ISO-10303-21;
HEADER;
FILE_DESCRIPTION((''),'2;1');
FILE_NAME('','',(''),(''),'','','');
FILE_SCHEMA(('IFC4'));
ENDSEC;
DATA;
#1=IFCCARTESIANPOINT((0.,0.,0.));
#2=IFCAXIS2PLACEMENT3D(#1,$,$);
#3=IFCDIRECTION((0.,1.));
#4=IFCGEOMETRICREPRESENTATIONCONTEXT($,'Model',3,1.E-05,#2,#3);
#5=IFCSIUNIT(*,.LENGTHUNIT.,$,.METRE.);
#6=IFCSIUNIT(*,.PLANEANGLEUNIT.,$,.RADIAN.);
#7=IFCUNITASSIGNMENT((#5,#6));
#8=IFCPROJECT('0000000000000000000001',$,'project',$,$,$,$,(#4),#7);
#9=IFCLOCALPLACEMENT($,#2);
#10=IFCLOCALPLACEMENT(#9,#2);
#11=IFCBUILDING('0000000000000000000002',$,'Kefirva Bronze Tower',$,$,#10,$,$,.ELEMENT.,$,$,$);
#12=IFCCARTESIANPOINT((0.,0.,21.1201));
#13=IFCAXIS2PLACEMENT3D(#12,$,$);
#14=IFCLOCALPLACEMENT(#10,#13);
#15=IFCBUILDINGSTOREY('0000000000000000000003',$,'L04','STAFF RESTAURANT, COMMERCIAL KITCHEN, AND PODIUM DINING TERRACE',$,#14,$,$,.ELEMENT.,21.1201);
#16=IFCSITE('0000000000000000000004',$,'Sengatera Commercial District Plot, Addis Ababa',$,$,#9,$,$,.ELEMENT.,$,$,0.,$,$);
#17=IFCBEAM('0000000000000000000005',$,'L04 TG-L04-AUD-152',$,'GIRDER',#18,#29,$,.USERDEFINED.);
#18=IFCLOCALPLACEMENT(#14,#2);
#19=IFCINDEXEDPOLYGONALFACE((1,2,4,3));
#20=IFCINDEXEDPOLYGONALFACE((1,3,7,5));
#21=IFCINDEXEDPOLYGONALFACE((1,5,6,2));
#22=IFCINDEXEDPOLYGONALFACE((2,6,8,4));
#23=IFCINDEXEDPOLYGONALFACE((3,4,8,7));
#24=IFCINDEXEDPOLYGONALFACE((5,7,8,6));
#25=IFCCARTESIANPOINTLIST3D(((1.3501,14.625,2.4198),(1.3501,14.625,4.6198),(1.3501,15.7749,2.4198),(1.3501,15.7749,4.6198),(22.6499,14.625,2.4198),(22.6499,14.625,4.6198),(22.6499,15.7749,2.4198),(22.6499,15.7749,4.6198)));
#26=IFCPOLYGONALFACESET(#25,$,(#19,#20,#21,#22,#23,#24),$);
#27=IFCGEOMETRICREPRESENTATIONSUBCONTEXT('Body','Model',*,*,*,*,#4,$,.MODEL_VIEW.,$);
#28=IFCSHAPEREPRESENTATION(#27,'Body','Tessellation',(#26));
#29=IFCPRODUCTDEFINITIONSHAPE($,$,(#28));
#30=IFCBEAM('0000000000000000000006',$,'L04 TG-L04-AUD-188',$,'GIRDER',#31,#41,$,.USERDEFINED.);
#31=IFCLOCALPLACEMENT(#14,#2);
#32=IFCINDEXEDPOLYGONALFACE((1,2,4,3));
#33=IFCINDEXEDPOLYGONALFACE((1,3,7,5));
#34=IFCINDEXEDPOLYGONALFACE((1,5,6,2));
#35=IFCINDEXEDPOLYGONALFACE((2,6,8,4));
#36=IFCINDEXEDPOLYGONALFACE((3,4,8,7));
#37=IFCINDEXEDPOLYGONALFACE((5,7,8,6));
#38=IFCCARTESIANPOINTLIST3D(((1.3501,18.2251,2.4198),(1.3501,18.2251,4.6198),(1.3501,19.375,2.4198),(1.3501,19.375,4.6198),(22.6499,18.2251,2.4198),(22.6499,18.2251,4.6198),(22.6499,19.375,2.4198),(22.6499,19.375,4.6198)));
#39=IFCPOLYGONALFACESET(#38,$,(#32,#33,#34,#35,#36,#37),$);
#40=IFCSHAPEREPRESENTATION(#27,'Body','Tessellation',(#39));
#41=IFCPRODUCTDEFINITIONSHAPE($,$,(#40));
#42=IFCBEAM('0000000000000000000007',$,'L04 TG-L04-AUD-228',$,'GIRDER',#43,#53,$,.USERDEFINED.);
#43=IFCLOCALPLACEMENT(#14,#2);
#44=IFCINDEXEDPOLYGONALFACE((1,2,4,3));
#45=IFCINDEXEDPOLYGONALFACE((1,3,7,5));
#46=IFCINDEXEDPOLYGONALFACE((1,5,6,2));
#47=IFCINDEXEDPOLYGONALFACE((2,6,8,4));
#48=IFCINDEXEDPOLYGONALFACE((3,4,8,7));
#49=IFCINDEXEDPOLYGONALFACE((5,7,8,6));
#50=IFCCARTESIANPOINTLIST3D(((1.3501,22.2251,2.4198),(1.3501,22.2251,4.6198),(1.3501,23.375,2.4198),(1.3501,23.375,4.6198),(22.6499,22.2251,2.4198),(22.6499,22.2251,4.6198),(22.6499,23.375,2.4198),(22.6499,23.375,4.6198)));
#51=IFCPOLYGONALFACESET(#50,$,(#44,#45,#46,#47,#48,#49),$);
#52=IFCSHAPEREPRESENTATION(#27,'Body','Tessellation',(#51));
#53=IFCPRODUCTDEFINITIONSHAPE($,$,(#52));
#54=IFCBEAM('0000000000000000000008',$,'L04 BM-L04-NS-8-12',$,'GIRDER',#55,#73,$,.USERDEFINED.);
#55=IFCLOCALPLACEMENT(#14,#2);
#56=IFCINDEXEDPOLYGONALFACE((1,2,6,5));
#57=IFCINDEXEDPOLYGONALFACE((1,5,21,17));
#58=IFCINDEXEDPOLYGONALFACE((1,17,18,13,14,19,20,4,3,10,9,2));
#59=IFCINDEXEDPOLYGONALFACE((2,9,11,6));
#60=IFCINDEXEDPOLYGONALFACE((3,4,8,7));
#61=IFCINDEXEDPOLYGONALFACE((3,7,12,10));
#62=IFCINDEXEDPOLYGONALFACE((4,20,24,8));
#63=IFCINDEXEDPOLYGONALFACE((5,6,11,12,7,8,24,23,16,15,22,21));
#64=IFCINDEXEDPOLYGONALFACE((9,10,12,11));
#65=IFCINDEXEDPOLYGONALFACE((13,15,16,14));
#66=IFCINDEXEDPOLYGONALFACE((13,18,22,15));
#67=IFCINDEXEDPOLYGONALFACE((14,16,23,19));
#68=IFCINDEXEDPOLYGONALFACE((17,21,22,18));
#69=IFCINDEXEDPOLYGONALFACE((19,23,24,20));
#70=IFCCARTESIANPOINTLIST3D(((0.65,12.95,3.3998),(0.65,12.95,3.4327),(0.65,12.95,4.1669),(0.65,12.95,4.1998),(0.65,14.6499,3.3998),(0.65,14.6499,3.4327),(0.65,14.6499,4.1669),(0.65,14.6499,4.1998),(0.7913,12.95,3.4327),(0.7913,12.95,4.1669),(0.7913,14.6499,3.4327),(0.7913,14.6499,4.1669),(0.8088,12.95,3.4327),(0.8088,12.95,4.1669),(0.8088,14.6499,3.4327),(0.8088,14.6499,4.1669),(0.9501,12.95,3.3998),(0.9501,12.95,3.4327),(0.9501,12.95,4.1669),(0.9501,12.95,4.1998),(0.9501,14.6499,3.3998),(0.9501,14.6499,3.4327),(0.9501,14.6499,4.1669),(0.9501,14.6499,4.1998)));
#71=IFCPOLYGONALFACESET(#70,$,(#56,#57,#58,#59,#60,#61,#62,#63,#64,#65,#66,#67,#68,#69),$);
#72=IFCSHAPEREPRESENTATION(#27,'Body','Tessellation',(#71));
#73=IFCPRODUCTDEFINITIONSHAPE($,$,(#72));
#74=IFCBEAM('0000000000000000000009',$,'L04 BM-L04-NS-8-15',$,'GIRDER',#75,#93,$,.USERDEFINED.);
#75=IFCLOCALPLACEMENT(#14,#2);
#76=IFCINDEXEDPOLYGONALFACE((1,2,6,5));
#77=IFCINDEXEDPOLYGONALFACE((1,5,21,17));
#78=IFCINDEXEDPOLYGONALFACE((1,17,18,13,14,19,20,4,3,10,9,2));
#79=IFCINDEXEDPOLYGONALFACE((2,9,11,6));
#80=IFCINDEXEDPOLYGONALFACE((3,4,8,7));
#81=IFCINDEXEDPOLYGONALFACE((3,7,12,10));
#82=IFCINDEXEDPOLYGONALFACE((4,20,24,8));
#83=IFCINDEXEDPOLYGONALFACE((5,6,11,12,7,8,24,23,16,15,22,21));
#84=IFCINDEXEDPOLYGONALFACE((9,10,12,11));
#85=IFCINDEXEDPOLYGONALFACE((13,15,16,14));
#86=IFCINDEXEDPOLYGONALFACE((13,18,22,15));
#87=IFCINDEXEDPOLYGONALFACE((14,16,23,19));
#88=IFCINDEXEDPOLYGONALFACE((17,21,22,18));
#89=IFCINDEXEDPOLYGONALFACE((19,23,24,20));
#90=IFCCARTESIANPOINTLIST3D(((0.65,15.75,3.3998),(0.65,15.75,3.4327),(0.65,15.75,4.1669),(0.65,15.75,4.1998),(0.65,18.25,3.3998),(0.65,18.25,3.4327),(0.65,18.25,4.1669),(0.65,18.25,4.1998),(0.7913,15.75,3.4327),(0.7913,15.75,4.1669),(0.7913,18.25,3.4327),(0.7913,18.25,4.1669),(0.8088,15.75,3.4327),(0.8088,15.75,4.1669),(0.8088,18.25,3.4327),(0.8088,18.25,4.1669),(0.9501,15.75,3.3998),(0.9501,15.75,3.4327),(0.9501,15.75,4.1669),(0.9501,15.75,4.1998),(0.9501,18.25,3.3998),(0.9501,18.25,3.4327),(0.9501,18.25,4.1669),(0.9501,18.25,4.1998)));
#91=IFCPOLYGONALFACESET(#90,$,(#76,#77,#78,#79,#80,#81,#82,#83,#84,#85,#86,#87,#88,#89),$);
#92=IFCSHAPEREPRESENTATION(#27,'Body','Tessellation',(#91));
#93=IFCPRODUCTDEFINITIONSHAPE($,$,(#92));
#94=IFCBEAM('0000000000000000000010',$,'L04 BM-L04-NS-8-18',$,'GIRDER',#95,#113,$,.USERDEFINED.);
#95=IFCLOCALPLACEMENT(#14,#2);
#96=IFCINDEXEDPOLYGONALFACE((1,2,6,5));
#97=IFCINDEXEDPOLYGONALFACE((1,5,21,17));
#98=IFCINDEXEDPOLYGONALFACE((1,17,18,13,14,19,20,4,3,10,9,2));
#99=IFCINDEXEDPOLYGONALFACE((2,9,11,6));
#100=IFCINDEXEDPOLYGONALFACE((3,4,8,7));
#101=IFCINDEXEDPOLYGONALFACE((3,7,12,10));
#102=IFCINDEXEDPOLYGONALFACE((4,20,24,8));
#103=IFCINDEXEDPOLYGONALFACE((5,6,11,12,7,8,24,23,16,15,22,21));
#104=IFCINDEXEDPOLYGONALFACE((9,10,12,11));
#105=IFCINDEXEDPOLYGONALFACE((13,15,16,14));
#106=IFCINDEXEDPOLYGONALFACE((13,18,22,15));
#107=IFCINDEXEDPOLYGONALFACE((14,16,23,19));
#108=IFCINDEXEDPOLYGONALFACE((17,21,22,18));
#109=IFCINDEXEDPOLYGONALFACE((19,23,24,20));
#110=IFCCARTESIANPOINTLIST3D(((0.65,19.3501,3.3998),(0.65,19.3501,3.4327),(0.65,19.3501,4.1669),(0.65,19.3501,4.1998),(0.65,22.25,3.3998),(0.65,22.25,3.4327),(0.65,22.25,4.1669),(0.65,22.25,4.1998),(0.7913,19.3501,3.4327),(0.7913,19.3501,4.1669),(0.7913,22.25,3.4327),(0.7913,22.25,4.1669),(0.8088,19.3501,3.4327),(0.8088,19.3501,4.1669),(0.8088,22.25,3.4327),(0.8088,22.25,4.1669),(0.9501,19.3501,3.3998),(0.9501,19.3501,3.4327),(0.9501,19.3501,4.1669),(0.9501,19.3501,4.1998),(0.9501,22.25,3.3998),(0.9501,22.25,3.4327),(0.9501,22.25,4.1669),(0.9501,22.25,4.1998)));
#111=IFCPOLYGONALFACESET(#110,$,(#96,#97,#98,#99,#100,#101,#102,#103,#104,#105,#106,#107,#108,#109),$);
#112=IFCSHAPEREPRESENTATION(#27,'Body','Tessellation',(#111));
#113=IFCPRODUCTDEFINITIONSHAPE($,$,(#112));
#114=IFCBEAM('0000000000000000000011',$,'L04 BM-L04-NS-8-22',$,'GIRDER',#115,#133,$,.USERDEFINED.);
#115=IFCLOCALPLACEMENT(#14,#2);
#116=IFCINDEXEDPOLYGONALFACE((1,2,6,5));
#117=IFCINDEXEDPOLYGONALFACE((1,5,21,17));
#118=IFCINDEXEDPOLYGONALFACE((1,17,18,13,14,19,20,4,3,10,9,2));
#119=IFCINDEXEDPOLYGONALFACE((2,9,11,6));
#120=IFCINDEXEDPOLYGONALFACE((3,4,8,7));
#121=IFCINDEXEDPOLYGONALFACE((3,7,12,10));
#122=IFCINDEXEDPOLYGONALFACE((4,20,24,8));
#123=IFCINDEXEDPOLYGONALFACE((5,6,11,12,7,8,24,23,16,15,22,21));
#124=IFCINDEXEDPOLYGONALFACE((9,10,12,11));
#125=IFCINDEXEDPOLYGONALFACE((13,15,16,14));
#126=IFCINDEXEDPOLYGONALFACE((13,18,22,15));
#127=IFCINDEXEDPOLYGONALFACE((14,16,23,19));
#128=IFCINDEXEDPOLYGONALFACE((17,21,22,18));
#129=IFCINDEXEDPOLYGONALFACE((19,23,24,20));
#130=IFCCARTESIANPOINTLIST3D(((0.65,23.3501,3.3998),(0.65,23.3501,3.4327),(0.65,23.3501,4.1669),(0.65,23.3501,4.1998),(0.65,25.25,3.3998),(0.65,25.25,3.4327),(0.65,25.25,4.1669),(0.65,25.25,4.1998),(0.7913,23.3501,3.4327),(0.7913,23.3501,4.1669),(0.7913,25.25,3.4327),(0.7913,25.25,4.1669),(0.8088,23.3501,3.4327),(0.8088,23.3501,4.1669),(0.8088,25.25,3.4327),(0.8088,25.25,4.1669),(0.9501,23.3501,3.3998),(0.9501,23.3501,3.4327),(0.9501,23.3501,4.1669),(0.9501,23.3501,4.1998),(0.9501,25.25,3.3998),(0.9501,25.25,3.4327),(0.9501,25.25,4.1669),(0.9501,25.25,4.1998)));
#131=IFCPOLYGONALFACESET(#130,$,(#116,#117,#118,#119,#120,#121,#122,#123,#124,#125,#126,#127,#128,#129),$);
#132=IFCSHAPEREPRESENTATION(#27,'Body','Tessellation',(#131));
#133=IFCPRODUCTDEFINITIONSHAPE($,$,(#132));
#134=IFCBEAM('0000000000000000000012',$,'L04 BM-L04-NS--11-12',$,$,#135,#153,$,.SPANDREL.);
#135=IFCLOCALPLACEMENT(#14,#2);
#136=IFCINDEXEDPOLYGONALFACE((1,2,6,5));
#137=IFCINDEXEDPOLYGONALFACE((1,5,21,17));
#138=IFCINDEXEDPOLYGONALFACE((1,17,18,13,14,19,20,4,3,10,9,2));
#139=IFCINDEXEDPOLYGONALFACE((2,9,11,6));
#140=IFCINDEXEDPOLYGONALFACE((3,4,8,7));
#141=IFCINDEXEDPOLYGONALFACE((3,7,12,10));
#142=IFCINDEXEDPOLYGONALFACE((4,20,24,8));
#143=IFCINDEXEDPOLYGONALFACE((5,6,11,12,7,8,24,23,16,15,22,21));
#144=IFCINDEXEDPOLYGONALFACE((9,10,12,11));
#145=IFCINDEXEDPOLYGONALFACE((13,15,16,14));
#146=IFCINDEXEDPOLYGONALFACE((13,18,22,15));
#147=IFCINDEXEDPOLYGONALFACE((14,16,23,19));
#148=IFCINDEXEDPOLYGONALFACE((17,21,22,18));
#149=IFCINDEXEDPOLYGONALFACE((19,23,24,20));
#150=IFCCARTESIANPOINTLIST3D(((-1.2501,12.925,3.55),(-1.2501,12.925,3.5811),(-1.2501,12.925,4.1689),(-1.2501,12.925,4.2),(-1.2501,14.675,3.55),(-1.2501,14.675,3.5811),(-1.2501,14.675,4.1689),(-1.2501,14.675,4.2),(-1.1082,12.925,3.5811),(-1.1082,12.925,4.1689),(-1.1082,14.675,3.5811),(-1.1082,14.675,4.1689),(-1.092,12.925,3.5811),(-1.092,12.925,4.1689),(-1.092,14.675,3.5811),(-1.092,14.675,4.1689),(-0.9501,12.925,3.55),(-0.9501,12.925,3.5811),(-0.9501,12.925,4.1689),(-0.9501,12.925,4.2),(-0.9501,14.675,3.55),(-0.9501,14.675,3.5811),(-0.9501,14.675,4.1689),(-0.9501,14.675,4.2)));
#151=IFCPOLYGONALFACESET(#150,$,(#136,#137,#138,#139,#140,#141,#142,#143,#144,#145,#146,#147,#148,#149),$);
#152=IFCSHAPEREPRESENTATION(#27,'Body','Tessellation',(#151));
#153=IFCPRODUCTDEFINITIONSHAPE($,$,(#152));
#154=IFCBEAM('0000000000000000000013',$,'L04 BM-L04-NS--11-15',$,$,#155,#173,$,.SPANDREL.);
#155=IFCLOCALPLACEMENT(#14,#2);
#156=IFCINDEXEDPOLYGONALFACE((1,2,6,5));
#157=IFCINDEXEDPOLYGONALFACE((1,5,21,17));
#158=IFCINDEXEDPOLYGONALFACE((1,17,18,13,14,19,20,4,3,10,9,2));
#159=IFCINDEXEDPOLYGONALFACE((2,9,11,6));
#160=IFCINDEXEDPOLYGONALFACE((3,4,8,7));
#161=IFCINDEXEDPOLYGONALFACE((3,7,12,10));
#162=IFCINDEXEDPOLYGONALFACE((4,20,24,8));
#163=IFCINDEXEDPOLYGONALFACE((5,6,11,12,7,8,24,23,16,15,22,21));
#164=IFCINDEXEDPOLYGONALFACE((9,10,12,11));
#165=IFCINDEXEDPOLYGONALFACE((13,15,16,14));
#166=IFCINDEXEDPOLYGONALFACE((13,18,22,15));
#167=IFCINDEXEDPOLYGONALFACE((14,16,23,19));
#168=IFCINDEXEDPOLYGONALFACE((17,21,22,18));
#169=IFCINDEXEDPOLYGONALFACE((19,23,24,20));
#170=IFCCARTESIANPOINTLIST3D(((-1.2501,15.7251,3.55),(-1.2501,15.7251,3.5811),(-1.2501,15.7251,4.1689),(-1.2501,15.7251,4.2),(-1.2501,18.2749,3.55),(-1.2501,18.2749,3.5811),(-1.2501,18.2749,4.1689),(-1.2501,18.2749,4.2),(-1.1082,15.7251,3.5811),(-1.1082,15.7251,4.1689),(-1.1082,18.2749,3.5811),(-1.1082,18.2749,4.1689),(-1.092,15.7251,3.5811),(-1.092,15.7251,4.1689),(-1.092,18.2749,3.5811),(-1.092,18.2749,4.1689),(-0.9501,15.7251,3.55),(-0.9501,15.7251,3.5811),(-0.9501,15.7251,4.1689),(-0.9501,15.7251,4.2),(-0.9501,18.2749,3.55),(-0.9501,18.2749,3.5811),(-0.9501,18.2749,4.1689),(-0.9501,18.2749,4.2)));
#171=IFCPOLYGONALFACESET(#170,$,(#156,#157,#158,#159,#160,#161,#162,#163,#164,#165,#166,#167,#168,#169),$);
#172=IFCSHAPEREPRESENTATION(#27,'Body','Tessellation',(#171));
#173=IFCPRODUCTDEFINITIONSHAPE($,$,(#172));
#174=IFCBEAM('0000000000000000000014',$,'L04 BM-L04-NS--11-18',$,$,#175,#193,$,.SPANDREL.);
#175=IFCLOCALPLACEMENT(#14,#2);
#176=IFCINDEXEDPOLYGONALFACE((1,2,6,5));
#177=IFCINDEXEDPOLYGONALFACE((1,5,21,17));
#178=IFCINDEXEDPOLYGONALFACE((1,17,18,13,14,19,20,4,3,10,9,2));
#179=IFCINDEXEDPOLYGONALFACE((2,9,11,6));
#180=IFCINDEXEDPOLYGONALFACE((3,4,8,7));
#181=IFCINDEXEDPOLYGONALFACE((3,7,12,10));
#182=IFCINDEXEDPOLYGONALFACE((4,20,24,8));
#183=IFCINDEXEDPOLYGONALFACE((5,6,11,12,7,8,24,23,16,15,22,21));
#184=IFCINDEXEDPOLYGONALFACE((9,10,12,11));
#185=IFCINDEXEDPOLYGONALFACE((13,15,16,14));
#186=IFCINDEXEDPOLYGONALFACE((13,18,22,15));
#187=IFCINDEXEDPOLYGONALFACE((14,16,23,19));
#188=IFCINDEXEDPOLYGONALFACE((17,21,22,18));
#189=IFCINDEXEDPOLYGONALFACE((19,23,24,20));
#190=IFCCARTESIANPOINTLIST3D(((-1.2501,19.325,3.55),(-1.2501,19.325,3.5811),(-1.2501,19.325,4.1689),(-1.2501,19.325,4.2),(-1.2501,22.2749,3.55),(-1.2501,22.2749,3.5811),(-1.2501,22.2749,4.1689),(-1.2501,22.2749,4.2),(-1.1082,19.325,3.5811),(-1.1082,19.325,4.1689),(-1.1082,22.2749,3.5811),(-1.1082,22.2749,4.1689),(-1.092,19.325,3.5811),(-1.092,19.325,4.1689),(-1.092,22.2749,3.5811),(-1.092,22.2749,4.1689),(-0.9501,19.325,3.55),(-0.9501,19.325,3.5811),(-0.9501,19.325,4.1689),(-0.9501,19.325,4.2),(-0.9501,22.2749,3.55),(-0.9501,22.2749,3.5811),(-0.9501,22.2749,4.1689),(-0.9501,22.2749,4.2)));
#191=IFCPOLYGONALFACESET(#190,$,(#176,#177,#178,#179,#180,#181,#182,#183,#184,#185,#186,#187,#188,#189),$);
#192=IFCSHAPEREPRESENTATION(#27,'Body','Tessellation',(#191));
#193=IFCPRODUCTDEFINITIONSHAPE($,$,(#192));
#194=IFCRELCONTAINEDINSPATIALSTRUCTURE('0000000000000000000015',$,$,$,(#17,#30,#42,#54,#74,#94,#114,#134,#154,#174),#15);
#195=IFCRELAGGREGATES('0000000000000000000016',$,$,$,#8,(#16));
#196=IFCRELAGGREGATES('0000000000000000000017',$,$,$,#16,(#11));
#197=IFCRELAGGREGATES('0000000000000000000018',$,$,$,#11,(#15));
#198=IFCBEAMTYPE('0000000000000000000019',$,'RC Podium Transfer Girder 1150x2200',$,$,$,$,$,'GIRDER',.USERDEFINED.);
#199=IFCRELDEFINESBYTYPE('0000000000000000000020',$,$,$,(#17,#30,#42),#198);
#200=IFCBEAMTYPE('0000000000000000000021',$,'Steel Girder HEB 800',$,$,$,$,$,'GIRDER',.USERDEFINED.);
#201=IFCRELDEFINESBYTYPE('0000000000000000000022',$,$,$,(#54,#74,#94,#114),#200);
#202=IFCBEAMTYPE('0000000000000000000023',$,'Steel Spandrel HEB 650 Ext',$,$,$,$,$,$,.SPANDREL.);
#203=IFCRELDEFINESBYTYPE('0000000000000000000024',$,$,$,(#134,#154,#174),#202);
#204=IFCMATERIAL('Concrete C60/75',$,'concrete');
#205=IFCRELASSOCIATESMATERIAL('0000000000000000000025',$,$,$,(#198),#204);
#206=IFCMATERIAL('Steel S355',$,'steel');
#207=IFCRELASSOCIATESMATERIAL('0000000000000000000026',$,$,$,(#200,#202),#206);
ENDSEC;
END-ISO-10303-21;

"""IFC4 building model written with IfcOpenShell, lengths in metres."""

from ifc_helpers import new_model, si_unit, direction, frame, origin, origin_2d, place, context, subcontext, project, spatial, rectangle, i_section, extrude, material, material_profile, profile_set, type_object, element, save


model = new_model("IFC4")

# Units and contexts
model_context = context("Model", 3, precision=1e-05, world=origin(), true_north=direction((0.0, 1.0)))
body_context = subcontext(model_context, "Body", "Model", "MODEL_VIEW")
ifc_project = project(units=[si_unit("LENGTHUNIT", "METRE"), si_unit("PLANEANGLEUNIT", "RADIAN")], contexts=[model_context])

# Site, building, storey
site_placement = place(None, origin())
site = spatial("IfcSite", under=ifc_project, at=site_placement, Name="Sengatera Commercial District Plot, Addis Ababa", CompositionType="ELEMENT", RefElevation=0.0)
building_placement = place(site_placement, origin())
building = spatial("IfcBuilding", under=site, at=building_placement, Name="Kefirva Bronze Tower", CompositionType="ELEMENT")
storey_placement = place(building_placement, frame((0.0, 0.0, 21.1201)))
storey = spatial("IfcBuildingStorey", under=building, at=storey_placement, Name="L04", Description="STAFF RESTAURANT, COMMERCIAL KITCHEN, AND PODIUM DINING TERRACE", CompositionType="ELEMENT", Elevation=21.1201)

# Shared definitions
ifc_material_1 = material(Name="Concrete C60/75", Category="concrete")

# Beams
ifc_material_profile_1 = material_profile(ifc_material_1, rectangle(XDim=1.1499, YDim=2.2, at=origin_2d()), Name="RC 1150x2200")
ifc_profile_set_1 = profile_set([ifc_material_profile_1], Name="Concrete C60/75")
beam_type_1 = type_object("IfcBeamType", Name="RC Podium Transfer Girder 1150x2200", ElementType="GIRDER", PredefinedType="USERDEFINED", material=ifc_profile_set_1)
for number, where, z_axis, x_axis, name in (
    (1, (1.3501, 15.2, 3.5198), (1.0, 0.0, 0.0), (0.0, 1.0, 0.0), "L04 TG-L04-AUD-152"),
    (2, (1.3501, 18.8, 3.5198), (1.0, 0.0, 0.0), (0.0, 1.0, 0.0), "L04 TG-L04-AUD-188"),
    (3, (1.3501, 22.8, 3.5198), (1.0, 0.0, 0.0), (0.0, 1.0, 0.0), "L04 TG-L04-AUD-228"),
):
    element("IfcBeam", number, at=place(storey_placement, frame(where, z_axis=z_axis, x_axis=x_axis)), inside=storey, type_object=beam_type_1, Name=name, ObjectType="GIRDER", PredefinedType="USERDEFINED", context=body_context, shape_type="SweptSolid", body=[
        extrude(rectangle(XDim=1.1499, YDim=2.2, at=origin_2d()), origin(), (0.0, 0.0, 1.0), 21.2998),
    ])
ifc_material_2 = material(Name="Steel S355", Category="steel")
ifc_material_profile_2 = material_profile(ifc_material_2, i_section(OverallWidth=0.3, OverallDepth=0.8, WebThickness=0.0176, FlangeThickness=0.033, at=origin_2d()), Name="HEB 800")
ifc_profile_set_2 = profile_set([ifc_material_profile_2], Name="Steel S355")
beam_type_2 = type_object("IfcBeamType", Name="Steel Girder HEB 800", ElementType="GIRDER", PredefinedType="USERDEFINED", material=ifc_profile_set_2)
beam_1_placement = place(storey_placement, frame((0.8, 12.95, 3.7998), z_axis=(0.0, 1.0, 0.0), x_axis=(-1.0, 0.0, 0.0)))
element("IfcBeam", 4, at=beam_1_placement, inside=storey, type_object=beam_type_2, Name="L04 BM-L04-NS-8-12", ObjectType="GIRDER", PredefinedType="USERDEFINED", context=body_context, shape_type="SweptSolid", body=[
    extrude(i_section(OverallWidth=0.3, OverallDepth=0.8, WebThickness=0.0176, FlangeThickness=0.033, at=origin_2d()), origin(), (0.0, 0.0, 1.0), 1.7),
])
beam_2_placement = place(storey_placement, frame((0.8, 15.75, 3.7998), z_axis=(0.0, 1.0, 0.0), x_axis=(-1.0, 0.0, 0.0)))
element("IfcBeam", 5, at=beam_2_placement, inside=storey, type_object=beam_type_2, Name="L04 BM-L04-NS-8-15", ObjectType="GIRDER", PredefinedType="USERDEFINED", context=body_context, shape_type="SweptSolid", body=[
    extrude(i_section(OverallWidth=0.3, OverallDepth=0.8, WebThickness=0.0176, FlangeThickness=0.033, at=origin_2d()), origin(), (0.0, 0.0, 1.0), 2.5),
])
beam_3_placement = place(storey_placement, frame((0.8, 19.3501, 3.7998), z_axis=(0.0, 1.0, 0.0), x_axis=(-1.0, 0.0, 0.0)))
element("IfcBeam", 6, at=beam_3_placement, inside=storey, type_object=beam_type_2, Name="L04 BM-L04-NS-8-18", ObjectType="GIRDER", PredefinedType="USERDEFINED", context=body_context, shape_type="SweptSolid", body=[
    extrude(i_section(OverallWidth=0.3, OverallDepth=0.8, WebThickness=0.0176, FlangeThickness=0.033, at=origin_2d()), origin(), (0.0, 0.0, 1.0), 2.8999),
])
beam_4_placement = place(storey_placement, frame((0.8, 23.3501, 3.7998), z_axis=(0.0, 1.0, 0.0), x_axis=(-1.0, 0.0, 0.0)))
element("IfcBeam", 7, at=beam_4_placement, inside=storey, type_object=beam_type_2, Name="L04 BM-L04-NS-8-22", ObjectType="GIRDER", PredefinedType="USERDEFINED", context=body_context, shape_type="SweptSolid", body=[
    extrude(i_section(OverallWidth=0.3, OverallDepth=0.8, WebThickness=0.0176, FlangeThickness=0.033, at=origin_2d()), origin(), (0.0, 0.0, 1.0), 1.8999),
])
ifc_material_profile_3 = material_profile(ifc_material_2, i_section(OverallWidth=0.3, OverallDepth=0.6499, WebThickness=0.0161, FlangeThickness=0.031, at=origin_2d()), Name="HEB 650")
ifc_profile_set_3 = profile_set([ifc_material_profile_3], Name="Steel S355")
beam_type_3 = type_object("IfcBeamType", Name="Steel Spandrel HEB 650 Ext", PredefinedType="SPANDREL", material=ifc_profile_set_3)
beam_5_placement = place(storey_placement, frame((-1.1001, 12.925, 3.875), z_axis=(0.0, 1.0, 0.0), x_axis=(-1.0, 0.0, 0.0)))
element("IfcBeam", 8, at=beam_5_placement, inside=storey, type_object=beam_type_3, Name="L04 BM-L04-NS--11-12", PredefinedType="SPANDREL", context=body_context, shape_type="SweptSolid", body=[
    extrude(i_section(OverallWidth=0.3, OverallDepth=0.6499, WebThickness=0.0161, FlangeThickness=0.031, at=origin_2d()), origin(), (0.0, 0.0, 1.0), 1.75),
])
beam_6_placement = place(storey_placement, frame((-1.1001, 15.7251, 3.875), z_axis=(0.0, 1.0, 0.0), x_axis=(-1.0, 0.0, 0.0)))
element("IfcBeam", 9, at=beam_6_placement, inside=storey, type_object=beam_type_3, Name="L04 BM-L04-NS--11-15", PredefinedType="SPANDREL", context=body_context, shape_type="SweptSolid", body=[
    extrude(i_section(OverallWidth=0.3, OverallDepth=0.6499, WebThickness=0.0161, FlangeThickness=0.031, at=origin_2d()), origin(), (0.0, 0.0, 1.0), 2.5498),
])
beam_7_placement = place(storey_placement, frame((-1.1001, 19.325, 3.875), z_axis=(0.0, 1.0, 0.0), x_axis=(-1.0, 0.0, 0.0)))
element("IfcBeam", 10, at=beam_7_placement, inside=storey, type_object=beam_type_3, Name="L04 BM-L04-NS--11-18", PredefinedType="SPANDREL", context=body_context, shape_type="SweptSolid", body=[
    extrude(i_section(OverallWidth=0.3, OverallDepth=0.6499, WebThickness=0.0161, FlangeThickness=0.031, at=origin_2d()), origin(), (0.0, 0.0, 1.0), 2.95),
])

save(model, "model.ifc")
